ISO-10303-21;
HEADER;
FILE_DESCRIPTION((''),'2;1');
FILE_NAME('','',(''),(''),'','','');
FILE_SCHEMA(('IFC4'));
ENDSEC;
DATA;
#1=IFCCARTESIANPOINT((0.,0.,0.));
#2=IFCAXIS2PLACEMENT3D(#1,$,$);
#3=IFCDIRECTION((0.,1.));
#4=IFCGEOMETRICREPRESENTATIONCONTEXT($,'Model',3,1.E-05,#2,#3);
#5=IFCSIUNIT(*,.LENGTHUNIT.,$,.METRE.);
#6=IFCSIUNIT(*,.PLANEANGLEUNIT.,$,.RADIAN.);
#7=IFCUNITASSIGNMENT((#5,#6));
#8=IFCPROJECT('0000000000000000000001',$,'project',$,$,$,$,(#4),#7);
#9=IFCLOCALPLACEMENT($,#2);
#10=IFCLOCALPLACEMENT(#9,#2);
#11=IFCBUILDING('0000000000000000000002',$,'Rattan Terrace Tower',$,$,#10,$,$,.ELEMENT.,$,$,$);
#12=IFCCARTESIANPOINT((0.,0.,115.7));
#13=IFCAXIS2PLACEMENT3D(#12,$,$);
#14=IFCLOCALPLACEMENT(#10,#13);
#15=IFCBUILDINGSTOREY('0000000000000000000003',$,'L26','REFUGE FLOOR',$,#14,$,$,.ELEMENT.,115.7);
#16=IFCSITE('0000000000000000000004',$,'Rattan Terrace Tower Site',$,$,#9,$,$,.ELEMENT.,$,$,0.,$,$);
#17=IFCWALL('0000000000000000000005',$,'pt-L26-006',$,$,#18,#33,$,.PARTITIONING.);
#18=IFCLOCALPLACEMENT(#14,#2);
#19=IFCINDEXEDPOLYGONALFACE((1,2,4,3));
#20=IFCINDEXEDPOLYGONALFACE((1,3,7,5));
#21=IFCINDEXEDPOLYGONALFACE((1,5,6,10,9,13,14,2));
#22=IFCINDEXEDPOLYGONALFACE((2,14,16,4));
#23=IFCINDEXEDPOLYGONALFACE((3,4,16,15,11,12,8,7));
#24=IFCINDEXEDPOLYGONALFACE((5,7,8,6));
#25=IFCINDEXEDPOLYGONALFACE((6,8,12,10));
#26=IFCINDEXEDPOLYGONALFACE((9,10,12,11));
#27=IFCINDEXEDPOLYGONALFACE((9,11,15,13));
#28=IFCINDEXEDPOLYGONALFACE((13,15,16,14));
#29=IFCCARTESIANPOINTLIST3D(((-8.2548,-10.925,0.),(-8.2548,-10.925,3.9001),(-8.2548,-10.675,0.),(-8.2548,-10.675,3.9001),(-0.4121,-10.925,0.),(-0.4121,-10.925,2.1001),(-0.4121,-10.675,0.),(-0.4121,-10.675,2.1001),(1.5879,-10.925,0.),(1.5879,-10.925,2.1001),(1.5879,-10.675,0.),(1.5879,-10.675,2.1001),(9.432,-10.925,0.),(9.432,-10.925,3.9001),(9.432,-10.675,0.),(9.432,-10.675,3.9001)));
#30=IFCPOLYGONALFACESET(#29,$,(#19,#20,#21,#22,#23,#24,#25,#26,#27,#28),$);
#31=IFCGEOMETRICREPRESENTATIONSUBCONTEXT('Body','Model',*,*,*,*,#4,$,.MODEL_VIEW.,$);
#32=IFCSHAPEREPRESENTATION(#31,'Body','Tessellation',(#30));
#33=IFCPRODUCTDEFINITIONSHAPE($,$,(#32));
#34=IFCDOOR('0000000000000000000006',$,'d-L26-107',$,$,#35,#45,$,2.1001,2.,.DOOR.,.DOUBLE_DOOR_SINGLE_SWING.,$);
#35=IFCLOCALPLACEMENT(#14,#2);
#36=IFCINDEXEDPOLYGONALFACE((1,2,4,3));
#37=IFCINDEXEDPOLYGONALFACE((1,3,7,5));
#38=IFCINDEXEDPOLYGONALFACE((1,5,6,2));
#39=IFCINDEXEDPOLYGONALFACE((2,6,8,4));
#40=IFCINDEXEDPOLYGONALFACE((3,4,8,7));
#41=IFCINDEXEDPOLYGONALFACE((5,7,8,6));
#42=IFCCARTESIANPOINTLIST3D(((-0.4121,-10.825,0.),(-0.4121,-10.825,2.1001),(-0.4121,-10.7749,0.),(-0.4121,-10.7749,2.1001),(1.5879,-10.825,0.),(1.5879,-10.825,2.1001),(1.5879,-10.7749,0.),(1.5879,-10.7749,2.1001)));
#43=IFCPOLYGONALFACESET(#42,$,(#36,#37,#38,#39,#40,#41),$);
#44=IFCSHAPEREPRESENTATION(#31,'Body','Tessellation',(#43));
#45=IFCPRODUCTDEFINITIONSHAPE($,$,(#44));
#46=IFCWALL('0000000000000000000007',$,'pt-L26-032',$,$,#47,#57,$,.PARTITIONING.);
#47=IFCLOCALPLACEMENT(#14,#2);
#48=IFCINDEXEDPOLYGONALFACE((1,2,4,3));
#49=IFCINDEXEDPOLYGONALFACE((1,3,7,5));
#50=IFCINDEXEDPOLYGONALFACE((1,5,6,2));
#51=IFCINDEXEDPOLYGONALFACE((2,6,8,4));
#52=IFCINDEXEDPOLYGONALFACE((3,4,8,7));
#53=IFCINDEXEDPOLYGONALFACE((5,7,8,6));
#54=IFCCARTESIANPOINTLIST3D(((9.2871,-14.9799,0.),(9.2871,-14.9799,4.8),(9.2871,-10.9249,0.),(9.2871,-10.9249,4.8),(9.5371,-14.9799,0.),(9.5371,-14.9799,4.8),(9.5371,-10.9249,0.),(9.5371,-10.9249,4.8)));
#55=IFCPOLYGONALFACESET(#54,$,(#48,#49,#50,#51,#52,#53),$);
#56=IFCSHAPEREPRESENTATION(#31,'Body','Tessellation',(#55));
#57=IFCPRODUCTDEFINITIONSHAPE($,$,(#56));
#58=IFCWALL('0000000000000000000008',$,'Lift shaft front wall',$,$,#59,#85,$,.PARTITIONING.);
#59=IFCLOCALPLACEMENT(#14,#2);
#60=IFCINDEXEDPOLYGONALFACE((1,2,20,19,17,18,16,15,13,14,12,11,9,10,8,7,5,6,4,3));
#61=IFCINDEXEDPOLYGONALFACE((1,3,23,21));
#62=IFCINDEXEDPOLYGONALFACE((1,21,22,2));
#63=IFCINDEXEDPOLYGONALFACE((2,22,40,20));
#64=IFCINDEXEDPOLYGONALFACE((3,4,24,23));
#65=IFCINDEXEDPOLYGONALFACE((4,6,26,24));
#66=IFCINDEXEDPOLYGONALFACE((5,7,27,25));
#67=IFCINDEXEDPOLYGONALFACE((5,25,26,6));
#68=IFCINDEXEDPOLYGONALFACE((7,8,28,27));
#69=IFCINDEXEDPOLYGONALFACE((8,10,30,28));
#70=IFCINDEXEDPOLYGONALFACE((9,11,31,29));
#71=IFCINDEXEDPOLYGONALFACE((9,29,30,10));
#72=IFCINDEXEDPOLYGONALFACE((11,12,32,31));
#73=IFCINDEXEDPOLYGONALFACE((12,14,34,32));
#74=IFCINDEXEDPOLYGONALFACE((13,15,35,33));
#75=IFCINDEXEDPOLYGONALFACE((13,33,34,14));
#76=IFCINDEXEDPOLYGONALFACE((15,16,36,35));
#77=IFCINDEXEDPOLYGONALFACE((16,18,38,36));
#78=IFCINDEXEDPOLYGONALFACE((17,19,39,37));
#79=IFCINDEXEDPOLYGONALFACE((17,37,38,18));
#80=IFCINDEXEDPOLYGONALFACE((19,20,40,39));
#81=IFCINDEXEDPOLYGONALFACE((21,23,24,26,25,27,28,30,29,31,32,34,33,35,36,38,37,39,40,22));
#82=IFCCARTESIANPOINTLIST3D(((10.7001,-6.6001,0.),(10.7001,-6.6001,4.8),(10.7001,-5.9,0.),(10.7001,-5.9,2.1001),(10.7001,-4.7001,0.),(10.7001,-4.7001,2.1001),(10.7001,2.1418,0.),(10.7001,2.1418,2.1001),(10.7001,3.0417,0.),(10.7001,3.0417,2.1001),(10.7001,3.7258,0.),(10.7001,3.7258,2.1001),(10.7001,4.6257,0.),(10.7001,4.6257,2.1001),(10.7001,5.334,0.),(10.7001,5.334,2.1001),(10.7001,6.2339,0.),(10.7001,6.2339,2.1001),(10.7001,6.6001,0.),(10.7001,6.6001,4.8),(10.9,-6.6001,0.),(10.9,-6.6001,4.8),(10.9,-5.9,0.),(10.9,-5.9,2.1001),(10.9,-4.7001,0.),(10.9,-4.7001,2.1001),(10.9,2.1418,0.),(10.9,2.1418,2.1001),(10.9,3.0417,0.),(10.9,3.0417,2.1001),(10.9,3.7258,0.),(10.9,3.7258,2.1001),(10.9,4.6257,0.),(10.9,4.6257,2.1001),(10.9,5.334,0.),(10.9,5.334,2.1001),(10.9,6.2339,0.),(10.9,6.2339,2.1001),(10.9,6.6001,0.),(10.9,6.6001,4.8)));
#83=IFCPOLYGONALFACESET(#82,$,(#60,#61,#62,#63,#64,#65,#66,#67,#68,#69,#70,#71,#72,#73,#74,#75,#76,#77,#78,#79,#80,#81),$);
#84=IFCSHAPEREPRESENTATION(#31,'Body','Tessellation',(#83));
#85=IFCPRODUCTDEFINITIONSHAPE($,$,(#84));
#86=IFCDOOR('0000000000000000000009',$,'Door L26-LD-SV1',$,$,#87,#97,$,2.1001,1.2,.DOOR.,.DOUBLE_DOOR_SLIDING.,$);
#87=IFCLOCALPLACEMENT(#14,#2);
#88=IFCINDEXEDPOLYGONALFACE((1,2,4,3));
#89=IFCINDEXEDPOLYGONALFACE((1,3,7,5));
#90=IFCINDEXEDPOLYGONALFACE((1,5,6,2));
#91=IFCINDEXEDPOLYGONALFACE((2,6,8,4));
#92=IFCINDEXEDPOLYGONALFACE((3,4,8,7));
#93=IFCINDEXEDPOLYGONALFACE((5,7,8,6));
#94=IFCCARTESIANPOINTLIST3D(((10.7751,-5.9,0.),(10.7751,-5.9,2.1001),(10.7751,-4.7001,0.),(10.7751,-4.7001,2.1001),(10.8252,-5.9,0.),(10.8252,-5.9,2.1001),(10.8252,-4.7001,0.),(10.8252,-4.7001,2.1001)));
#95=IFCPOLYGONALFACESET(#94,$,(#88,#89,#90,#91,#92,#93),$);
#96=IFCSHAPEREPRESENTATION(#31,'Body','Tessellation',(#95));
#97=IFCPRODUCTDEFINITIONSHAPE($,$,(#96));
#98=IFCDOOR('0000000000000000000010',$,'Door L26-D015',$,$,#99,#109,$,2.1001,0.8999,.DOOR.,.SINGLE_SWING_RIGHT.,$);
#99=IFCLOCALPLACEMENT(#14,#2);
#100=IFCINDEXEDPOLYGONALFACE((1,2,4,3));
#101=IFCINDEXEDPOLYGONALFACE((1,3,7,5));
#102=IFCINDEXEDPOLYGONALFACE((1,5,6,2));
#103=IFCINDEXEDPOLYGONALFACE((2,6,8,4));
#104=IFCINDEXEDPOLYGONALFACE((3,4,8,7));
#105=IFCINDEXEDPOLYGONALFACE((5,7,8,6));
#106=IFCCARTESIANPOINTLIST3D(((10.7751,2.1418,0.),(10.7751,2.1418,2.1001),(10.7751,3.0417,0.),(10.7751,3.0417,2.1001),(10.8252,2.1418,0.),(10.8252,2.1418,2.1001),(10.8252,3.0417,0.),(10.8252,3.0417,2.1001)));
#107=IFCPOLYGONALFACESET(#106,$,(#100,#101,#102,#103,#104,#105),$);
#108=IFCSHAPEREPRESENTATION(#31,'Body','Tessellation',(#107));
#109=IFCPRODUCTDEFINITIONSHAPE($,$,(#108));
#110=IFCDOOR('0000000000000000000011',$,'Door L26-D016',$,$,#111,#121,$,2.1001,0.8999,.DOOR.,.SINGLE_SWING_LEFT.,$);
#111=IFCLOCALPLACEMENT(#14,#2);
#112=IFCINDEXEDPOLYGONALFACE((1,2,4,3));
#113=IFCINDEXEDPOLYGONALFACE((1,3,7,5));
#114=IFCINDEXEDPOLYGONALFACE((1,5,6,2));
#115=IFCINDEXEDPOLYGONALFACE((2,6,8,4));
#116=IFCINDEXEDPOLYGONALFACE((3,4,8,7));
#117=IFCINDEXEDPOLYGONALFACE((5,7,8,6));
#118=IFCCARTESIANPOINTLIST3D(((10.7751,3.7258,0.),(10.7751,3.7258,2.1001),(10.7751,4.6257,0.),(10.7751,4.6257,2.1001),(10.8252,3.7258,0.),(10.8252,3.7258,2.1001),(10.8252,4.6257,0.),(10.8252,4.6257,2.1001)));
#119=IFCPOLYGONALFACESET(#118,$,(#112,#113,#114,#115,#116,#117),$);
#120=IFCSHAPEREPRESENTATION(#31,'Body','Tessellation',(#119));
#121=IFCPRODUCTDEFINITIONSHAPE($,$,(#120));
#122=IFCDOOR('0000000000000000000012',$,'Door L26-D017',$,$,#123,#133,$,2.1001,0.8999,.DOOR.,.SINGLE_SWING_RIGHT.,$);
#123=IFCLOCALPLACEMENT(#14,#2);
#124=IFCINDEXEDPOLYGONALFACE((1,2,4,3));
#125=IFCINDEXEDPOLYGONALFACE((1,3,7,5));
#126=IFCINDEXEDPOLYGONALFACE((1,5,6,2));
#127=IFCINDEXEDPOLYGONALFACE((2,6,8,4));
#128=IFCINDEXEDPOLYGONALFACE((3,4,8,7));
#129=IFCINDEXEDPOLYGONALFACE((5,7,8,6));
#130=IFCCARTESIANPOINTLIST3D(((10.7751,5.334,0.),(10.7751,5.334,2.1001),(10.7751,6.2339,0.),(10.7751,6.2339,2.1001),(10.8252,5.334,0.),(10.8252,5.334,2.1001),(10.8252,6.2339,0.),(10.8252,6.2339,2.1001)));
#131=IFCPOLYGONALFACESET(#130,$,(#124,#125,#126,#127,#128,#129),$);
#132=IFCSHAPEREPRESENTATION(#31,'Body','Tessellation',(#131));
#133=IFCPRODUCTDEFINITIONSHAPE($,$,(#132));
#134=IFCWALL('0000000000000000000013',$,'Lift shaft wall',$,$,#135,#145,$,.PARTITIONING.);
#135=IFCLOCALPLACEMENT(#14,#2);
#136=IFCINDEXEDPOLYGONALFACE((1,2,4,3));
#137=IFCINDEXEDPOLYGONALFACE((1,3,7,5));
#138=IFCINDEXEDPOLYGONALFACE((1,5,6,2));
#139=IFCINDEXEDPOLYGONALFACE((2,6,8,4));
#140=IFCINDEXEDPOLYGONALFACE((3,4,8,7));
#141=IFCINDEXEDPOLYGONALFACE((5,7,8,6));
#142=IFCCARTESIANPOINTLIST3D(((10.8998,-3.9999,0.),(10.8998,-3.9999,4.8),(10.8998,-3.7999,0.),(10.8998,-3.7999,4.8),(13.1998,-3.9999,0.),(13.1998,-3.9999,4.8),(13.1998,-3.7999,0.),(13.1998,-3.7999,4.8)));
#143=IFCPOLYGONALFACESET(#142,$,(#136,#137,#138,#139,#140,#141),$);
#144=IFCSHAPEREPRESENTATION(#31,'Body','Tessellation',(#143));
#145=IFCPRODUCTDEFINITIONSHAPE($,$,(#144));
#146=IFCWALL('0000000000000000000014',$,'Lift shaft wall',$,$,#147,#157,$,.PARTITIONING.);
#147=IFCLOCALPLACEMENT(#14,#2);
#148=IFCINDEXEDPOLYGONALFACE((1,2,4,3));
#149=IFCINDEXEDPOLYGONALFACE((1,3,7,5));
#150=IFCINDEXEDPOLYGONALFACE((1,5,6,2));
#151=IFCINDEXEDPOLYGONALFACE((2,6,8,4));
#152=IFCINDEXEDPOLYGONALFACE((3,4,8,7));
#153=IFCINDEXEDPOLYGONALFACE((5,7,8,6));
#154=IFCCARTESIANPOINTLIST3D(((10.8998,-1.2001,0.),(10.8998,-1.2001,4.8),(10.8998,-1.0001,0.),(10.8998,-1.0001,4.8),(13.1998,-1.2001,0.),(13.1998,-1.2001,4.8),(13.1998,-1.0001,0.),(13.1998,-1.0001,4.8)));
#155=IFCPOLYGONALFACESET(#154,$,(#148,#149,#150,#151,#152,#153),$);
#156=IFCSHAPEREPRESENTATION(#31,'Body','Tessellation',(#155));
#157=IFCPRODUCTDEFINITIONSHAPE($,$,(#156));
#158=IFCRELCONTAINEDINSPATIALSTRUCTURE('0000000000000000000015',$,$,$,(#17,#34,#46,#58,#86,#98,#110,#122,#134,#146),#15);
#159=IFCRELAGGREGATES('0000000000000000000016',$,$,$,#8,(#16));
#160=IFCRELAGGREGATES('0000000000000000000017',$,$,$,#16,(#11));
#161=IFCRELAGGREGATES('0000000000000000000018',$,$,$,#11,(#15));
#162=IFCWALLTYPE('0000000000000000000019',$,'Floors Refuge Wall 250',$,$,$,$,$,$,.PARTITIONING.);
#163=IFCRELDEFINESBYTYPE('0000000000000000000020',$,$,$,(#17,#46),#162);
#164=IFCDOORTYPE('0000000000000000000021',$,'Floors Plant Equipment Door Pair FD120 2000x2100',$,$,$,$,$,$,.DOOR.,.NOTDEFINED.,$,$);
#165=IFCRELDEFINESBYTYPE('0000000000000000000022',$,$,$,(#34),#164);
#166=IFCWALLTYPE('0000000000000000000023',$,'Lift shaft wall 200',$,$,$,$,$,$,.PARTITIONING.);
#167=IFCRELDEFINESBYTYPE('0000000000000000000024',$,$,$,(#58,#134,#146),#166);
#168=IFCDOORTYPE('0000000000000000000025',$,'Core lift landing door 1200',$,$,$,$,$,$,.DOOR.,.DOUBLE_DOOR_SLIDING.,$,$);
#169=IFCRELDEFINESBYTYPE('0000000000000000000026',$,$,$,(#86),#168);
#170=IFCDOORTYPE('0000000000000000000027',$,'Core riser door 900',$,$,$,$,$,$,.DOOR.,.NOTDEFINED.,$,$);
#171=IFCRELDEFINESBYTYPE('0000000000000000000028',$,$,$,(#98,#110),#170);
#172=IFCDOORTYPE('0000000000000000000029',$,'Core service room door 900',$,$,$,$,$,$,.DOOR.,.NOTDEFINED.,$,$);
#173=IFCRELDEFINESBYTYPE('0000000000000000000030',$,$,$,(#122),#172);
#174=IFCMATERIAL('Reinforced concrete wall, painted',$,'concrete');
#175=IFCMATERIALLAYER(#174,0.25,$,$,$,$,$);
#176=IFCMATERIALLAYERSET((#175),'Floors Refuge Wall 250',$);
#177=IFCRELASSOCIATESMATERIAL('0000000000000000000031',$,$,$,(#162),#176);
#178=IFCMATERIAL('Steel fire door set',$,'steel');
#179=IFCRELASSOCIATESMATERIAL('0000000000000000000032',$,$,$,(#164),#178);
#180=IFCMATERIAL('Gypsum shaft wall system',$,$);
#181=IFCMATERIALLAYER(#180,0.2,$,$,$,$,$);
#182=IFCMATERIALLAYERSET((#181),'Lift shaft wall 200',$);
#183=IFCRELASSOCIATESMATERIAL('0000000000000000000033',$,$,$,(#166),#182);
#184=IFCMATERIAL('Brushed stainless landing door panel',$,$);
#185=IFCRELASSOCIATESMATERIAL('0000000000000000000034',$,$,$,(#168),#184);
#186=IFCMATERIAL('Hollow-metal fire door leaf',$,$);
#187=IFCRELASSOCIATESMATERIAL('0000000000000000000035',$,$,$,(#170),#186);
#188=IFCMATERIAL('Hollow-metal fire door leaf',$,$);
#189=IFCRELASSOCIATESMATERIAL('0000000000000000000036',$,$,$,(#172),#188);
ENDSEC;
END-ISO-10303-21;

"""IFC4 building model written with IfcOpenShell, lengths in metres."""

from ifc_helpers import new_model, si_unit, direction, frame, frame_2d, origin, place, context, subcontext, project, spatial, rectangle, extrude, material, layer, layer_set, type_object, element, fill, save


model = new_model("IFC4")

# Units and contexts
model_context = context("Model", 3, precision=1e-05, world=origin(), true_north=direction((0.0, 1.0)))
body_context = subcontext(model_context, "Body", "Model", "MODEL_VIEW")
ifc_project = project(units=[si_unit("LENGTHUNIT", "METRE"), si_unit("PLANEANGLEUNIT", "RADIAN")], contexts=[model_context])

# Site, building, storey
site_placement = place(None, origin())
site = spatial("IfcSite", under=ifc_project, at=site_placement, Name="Rattan Terrace Tower Site", CompositionType="ELEMENT", RefElevation=0.0)
building_placement = place(site_placement, origin())
building = spatial("IfcBuilding", under=site, at=building_placement, Name="Rattan Terrace Tower", CompositionType="ELEMENT")
storey_placement = place(building_placement, frame((0.0, 0.0, 115.7)))
storey = spatial("IfcBuildingStorey", under=building, at=storey_placement, Name="L26", Description="REFUGE FLOOR", CompositionType="ELEMENT", Elevation=115.7)

# Wall, opening, door
ifc_material_1 = material(Name="Reinforced concrete wall, painted", Category="concrete")
ifc_layer_1 = layer(ifc_material_1, 0.25)
ifc_layer_set_1 = layer_set([ifc_layer_1], Name="Floors Refuge Wall 250")
wall_type_1 = type_object("IfcWallType", Name="Floors Refuge Wall 250", PredefinedType="PARTITIONING", material=ifc_layer_set_1)
wall_1_placement = place(storey_placement, frame((9.4319, -10.8, 0.0), z_axis=(0.0, 0.0, 1.0), x_axis=(-1.0, 0.0, 0.0)))
wall_1 = element("IfcWall", 1, at=wall_1_placement, inside=storey, type_object=wall_type_1, Name="pt-L26-006", PredefinedType="PARTITIONING", context=body_context, shape_type="SweptSolid", body=[
    extrude(rectangle(XDim=17.6868, YDim=0.25, at=frame_2d((8.8433, 0.0))), origin(), (0.0, 0.0, 1.0), 3.9001),
])
opening_1_placement = place(wall_1_placement, frame((7.844, 0.0, 0.0)))
opening_1 = element("IfcOpeningElement", 2, at=opening_1_placement, cuts=wall_1, PredefinedType="OPENING", context=body_context, shape_type="SweptSolid", body=[
    extrude(rectangle(XDim=2.0, YDim=2.1001, at=frame_2d((1.0, 1.05))), frame((0.0, 0.1355, 0.0), z_axis=(0.0, -1.0, 0.0), x_axis=(1.0, 0.0, 0.0)), (0.0, 0.0, 1.0), 0.271),
])
ifc_material_2 = material(Name="Steel fire door set", Category="steel")
door_type_1 = type_object("IfcDoorType", Name="Floors Plant Equipment Door Pair FD120 2000x2100", OperationType="NOTDEFINED", PredefinedType="DOOR", material=ifc_material_2)
door_1_placement = place(opening_1_placement, origin())
door_1 = element("IfcDoor", 3, at=door_1_placement, inside=storey, type_object=door_type_1, Name="d-L26-107", OperationType="DOUBLE_DOOR_SINGLE_SWING", OverallHeight=2.1001, OverallWidth=2.0, PredefinedType="DOOR", context=body_context, shape_type="SweptSolid", body=[
    extrude(rectangle(XDim=2.0, YDim=2.1001, at=frame_2d((1.0, 1.05))), frame((0.0, 0.0249, 0.0), z_axis=(0.0, -1.0, 0.0), x_axis=(1.0, 0.0, 0.0)), (0.0, 0.0, 1.0), 0.05),
])
fill(opening_1, door_1)

# Wall
wall_2_placement = place(storey_placement, frame((9.4121, -10.925, 0.0), z_axis=(0.0, 0.0, 1.0), x_axis=(0.0, -1.0, 0.0)))
element("IfcWall", 4, at=wall_2_placement, inside=storey, type_object=wall_type_1, Name="pt-L26-032", PredefinedType="PARTITIONING", context=body_context, shape_type="SweptSolid", body=[
    extrude(rectangle(XDim=4.0549, YDim=0.25, at=frame_2d((2.0273, 0.0))), origin(), (0.0, 0.0, 1.0), 4.8),
])

# Wall, openings, doors
ifc_material_3 = material(Name="Gypsum shaft wall system")
ifc_layer_2 = layer(ifc_material_3, 0.2)
ifc_layer_set_2 = layer_set([ifc_layer_2], Name="Lift shaft wall 200")
wall_type_2 = type_object("IfcWallType", Name="Lift shaft wall 200", PredefinedType="PARTITIONING", material=ifc_layer_set_2)
wall_3_placement = place(storey_placement, frame((10.8, -6.6001, 0.0), z_axis=(0.0, 0.0, 1.0), x_axis=(0.0, 1.0, 0.0)))
wall_3 = element("IfcWall", 5, at=wall_3_placement, inside=storey, type_object=wall_type_2, Name="Lift shaft front wall", PredefinedType="PARTITIONING", context=body_context, shape_type="SweptSolid", body=[
    extrude(rectangle(XDim=13.2002, YDim=0.2, at=frame_2d((6.6001, 0.0))), origin(), (0.0, 0.0, 1.0), 4.8),
])
opening_2_placement = place(wall_3_placement, frame((0.7, 0.0, 0.0)))
opening_2 = element("IfcOpeningElement", 6, at=opening_2_placement, cuts=wall_3, PredefinedType="OPENING", context=body_context, shape_type="SweptSolid", body=[
    extrude(rectangle(XDim=1.2, YDim=2.1001, at=frame_2d((0.6001, 1.05))), frame((0.0, 0.1106, 0.0), z_axis=(0.0, -1.0, 0.0), x_axis=(1.0, 0.0, 0.0)), (0.0, 0.0, 1.0), 0.2209),
])
opening_3_placement = place(wall_3_placement, frame((8.7419, 0.0, 0.0)))
opening_3 = element("IfcOpeningElement", 7, at=opening_3_placement, cuts=wall_3, PredefinedType="OPENING", context=body_context, shape_type="SweptSolid", body=[
    extrude(rectangle(XDim=0.8999, YDim=2.1001, at=frame_2d((0.45, 1.05))), frame((0.0, 0.1106, 0.0), z_axis=(0.0, -1.0, 0.0), x_axis=(1.0, 0.0, 0.0)), (0.0, 0.0, 1.0), 0.2209),
])
opening_4_placement = place(wall_3_placement, frame((10.3259, 0.0, 0.0)))
opening_4 = element("IfcOpeningElement", 8, at=opening_4_placement, cuts=wall_3, PredefinedType="OPENING", context=body_context, shape_type="SweptSolid", body=[
    extrude(rectangle(XDim=0.8999, YDim=2.1001, at=frame_2d((0.45, 1.05))), frame((0.0, 0.1106, 0.0), z_axis=(0.0, -1.0, 0.0), x_axis=(1.0, 0.0, 0.0)), (0.0, 0.0, 1.0), 0.2209),
])
opening_5_placement = place(wall_3_placement, frame((11.9341, 0.0, 0.0)))
opening_5 = element("IfcOpeningElement", 9, at=opening_5_placement, cuts=wall_3, PredefinedType="OPENING", context=body_context, shape_type="SweptSolid", body=[
    extrude(rectangle(XDim=0.8999, YDim=2.1001, at=frame_2d((0.45, 1.05))), frame((0.0, 0.1106, 0.0), z_axis=(0.0, -1.0, 0.0), x_axis=(1.0, 0.0, 0.0)), (0.0, 0.0, 1.0), 0.2209),
])
ifc_material_4 = material(Name="Brushed stainless landing door panel")
door_type_2 = type_object("IfcDoorType", Name="Core lift landing door 1200", OperationType="DOUBLE_DOOR_SLIDING", PredefinedType="DOOR", material=ifc_material_4)
door_2_placement = place(opening_2_placement, origin())
door_2 = element("IfcDoor", 10, at=door_2_placement, inside=storey, type_object=door_type_2, Name="Door L26-LD-SV1", OperationType="DOUBLE_DOOR_SLIDING", OverallHeight=2.1001, OverallWidth=1.2, PredefinedType="DOOR", context=body_context, shape_type="SweptSolid", body=[
    extrude(rectangle(XDim=1.2, YDim=2.1001, at=frame_2d((0.6001, 1.05))), frame((0.0, 0.0249, 0.0), z_axis=(0.0, -1.0, 0.0), x_axis=(1.0, 0.0, 0.0)), (0.0, 0.0, 1.0), 0.05),
])
fill(opening_2, door_2)
ifc_material_5 = material(Name="Hollow-metal fire door leaf")
door_type_3 = type_object("IfcDoorType", Name="Core riser door 900", OperationType="NOTDEFINED", PredefinedType="DOOR", material=ifc_material_5)
door_3_placement = place(opening_3_placement, origin())
door_3 = element("IfcDoor", 11, at=door_3_placement, inside=storey, type_object=door_type_3, Name="Door L26-D015", OperationType="SINGLE_SWING_RIGHT", OverallHeight=2.1001, OverallWidth=0.8999, PredefinedType="DOOR", context=body_context, shape_type="SweptSolid", body=[
    extrude(rectangle(XDim=0.8999, YDim=2.1001, at=frame_2d((0.45, 1.05))), frame((0.0, 0.0249, 0.0), z_axis=(0.0, -1.0, 0.0), x_axis=(1.0, 0.0, 0.0)), (0.0, 0.0, 1.0), 0.05),
])
fill(opening_3, door_3)
door_4_placement = place(opening_4_placement, origin())
door_4 = element("IfcDoor", 12, at=door_4_placement, inside=storey, type_object=door_type_3, Name="Door L26-D016", OperationType="SINGLE_SWING_LEFT", OverallHeight=2.1001, OverallWidth=0.8999, PredefinedType="DOOR", context=body_context, shape_type="SweptSolid", body=[
    extrude(rectangle(XDim=0.8999, YDim=2.1001, at=frame_2d((0.45, 1.05))), frame((0.0, 0.0249, 0.0), z_axis=(0.0, -1.0, 0.0), x_axis=(1.0, 0.0, 0.0)), (0.0, 0.0, 1.0), 0.05),
])
fill(opening_4, door_4)
ifc_material_6 = material(Name="Hollow-metal fire door leaf")
door_type_4 = type_object("IfcDoorType", Name="Core service room door 900", OperationType="NOTDEFINED", PredefinedType="DOOR", material=ifc_material_6)
door_5_placement = place(opening_5_placement, origin())
door_5 = element("IfcDoor", 13, at=door_5_placement, inside=storey, type_object=door_type_4, Name="Door L26-D017", OperationType="SINGLE_SWING_RIGHT", OverallHeight=2.1001, OverallWidth=0.8999, PredefinedType="DOOR", context=body_context, shape_type="SweptSolid", body=[
    extrude(rectangle(XDim=0.8999, YDim=2.1001, at=frame_2d((0.45, 1.05))), frame((0.0, 0.0249, 0.0), z_axis=(0.0, -1.0, 0.0), x_axis=(1.0, 0.0, 0.0)), (0.0, 0.0, 1.0), 0.05),
])
fill(opening_5, door_5)

# Walls
for number, where, z_axis, x_axis, name in (
    (14, (10.8999, -3.8999, 0.0), (0.0, 0.0, 1.0), (1.0, 0.0, 0.0), "Lift shaft wall"),
    (15, (10.8999, -1.1001, 0.0), (0.0, 0.0, 1.0), (1.0, 0.0, 0.0), "Lift shaft wall"),
):
    element("IfcWall", number, at=place(storey_placement, frame(where, z_axis=z_axis, x_axis=x_axis)), inside=storey, type_object=wall_type_2, Name=name, PredefinedType="PARTITIONING", context=body_context, shape_type="SweptSolid", body=[
        extrude(rectangle(XDim=2.3, YDim=0.2, at=frame_2d((1.1499, 0.0))), origin(), (0.0, 0.0, 1.0), 4.8),
    ])

save(model, "model.ifc")
